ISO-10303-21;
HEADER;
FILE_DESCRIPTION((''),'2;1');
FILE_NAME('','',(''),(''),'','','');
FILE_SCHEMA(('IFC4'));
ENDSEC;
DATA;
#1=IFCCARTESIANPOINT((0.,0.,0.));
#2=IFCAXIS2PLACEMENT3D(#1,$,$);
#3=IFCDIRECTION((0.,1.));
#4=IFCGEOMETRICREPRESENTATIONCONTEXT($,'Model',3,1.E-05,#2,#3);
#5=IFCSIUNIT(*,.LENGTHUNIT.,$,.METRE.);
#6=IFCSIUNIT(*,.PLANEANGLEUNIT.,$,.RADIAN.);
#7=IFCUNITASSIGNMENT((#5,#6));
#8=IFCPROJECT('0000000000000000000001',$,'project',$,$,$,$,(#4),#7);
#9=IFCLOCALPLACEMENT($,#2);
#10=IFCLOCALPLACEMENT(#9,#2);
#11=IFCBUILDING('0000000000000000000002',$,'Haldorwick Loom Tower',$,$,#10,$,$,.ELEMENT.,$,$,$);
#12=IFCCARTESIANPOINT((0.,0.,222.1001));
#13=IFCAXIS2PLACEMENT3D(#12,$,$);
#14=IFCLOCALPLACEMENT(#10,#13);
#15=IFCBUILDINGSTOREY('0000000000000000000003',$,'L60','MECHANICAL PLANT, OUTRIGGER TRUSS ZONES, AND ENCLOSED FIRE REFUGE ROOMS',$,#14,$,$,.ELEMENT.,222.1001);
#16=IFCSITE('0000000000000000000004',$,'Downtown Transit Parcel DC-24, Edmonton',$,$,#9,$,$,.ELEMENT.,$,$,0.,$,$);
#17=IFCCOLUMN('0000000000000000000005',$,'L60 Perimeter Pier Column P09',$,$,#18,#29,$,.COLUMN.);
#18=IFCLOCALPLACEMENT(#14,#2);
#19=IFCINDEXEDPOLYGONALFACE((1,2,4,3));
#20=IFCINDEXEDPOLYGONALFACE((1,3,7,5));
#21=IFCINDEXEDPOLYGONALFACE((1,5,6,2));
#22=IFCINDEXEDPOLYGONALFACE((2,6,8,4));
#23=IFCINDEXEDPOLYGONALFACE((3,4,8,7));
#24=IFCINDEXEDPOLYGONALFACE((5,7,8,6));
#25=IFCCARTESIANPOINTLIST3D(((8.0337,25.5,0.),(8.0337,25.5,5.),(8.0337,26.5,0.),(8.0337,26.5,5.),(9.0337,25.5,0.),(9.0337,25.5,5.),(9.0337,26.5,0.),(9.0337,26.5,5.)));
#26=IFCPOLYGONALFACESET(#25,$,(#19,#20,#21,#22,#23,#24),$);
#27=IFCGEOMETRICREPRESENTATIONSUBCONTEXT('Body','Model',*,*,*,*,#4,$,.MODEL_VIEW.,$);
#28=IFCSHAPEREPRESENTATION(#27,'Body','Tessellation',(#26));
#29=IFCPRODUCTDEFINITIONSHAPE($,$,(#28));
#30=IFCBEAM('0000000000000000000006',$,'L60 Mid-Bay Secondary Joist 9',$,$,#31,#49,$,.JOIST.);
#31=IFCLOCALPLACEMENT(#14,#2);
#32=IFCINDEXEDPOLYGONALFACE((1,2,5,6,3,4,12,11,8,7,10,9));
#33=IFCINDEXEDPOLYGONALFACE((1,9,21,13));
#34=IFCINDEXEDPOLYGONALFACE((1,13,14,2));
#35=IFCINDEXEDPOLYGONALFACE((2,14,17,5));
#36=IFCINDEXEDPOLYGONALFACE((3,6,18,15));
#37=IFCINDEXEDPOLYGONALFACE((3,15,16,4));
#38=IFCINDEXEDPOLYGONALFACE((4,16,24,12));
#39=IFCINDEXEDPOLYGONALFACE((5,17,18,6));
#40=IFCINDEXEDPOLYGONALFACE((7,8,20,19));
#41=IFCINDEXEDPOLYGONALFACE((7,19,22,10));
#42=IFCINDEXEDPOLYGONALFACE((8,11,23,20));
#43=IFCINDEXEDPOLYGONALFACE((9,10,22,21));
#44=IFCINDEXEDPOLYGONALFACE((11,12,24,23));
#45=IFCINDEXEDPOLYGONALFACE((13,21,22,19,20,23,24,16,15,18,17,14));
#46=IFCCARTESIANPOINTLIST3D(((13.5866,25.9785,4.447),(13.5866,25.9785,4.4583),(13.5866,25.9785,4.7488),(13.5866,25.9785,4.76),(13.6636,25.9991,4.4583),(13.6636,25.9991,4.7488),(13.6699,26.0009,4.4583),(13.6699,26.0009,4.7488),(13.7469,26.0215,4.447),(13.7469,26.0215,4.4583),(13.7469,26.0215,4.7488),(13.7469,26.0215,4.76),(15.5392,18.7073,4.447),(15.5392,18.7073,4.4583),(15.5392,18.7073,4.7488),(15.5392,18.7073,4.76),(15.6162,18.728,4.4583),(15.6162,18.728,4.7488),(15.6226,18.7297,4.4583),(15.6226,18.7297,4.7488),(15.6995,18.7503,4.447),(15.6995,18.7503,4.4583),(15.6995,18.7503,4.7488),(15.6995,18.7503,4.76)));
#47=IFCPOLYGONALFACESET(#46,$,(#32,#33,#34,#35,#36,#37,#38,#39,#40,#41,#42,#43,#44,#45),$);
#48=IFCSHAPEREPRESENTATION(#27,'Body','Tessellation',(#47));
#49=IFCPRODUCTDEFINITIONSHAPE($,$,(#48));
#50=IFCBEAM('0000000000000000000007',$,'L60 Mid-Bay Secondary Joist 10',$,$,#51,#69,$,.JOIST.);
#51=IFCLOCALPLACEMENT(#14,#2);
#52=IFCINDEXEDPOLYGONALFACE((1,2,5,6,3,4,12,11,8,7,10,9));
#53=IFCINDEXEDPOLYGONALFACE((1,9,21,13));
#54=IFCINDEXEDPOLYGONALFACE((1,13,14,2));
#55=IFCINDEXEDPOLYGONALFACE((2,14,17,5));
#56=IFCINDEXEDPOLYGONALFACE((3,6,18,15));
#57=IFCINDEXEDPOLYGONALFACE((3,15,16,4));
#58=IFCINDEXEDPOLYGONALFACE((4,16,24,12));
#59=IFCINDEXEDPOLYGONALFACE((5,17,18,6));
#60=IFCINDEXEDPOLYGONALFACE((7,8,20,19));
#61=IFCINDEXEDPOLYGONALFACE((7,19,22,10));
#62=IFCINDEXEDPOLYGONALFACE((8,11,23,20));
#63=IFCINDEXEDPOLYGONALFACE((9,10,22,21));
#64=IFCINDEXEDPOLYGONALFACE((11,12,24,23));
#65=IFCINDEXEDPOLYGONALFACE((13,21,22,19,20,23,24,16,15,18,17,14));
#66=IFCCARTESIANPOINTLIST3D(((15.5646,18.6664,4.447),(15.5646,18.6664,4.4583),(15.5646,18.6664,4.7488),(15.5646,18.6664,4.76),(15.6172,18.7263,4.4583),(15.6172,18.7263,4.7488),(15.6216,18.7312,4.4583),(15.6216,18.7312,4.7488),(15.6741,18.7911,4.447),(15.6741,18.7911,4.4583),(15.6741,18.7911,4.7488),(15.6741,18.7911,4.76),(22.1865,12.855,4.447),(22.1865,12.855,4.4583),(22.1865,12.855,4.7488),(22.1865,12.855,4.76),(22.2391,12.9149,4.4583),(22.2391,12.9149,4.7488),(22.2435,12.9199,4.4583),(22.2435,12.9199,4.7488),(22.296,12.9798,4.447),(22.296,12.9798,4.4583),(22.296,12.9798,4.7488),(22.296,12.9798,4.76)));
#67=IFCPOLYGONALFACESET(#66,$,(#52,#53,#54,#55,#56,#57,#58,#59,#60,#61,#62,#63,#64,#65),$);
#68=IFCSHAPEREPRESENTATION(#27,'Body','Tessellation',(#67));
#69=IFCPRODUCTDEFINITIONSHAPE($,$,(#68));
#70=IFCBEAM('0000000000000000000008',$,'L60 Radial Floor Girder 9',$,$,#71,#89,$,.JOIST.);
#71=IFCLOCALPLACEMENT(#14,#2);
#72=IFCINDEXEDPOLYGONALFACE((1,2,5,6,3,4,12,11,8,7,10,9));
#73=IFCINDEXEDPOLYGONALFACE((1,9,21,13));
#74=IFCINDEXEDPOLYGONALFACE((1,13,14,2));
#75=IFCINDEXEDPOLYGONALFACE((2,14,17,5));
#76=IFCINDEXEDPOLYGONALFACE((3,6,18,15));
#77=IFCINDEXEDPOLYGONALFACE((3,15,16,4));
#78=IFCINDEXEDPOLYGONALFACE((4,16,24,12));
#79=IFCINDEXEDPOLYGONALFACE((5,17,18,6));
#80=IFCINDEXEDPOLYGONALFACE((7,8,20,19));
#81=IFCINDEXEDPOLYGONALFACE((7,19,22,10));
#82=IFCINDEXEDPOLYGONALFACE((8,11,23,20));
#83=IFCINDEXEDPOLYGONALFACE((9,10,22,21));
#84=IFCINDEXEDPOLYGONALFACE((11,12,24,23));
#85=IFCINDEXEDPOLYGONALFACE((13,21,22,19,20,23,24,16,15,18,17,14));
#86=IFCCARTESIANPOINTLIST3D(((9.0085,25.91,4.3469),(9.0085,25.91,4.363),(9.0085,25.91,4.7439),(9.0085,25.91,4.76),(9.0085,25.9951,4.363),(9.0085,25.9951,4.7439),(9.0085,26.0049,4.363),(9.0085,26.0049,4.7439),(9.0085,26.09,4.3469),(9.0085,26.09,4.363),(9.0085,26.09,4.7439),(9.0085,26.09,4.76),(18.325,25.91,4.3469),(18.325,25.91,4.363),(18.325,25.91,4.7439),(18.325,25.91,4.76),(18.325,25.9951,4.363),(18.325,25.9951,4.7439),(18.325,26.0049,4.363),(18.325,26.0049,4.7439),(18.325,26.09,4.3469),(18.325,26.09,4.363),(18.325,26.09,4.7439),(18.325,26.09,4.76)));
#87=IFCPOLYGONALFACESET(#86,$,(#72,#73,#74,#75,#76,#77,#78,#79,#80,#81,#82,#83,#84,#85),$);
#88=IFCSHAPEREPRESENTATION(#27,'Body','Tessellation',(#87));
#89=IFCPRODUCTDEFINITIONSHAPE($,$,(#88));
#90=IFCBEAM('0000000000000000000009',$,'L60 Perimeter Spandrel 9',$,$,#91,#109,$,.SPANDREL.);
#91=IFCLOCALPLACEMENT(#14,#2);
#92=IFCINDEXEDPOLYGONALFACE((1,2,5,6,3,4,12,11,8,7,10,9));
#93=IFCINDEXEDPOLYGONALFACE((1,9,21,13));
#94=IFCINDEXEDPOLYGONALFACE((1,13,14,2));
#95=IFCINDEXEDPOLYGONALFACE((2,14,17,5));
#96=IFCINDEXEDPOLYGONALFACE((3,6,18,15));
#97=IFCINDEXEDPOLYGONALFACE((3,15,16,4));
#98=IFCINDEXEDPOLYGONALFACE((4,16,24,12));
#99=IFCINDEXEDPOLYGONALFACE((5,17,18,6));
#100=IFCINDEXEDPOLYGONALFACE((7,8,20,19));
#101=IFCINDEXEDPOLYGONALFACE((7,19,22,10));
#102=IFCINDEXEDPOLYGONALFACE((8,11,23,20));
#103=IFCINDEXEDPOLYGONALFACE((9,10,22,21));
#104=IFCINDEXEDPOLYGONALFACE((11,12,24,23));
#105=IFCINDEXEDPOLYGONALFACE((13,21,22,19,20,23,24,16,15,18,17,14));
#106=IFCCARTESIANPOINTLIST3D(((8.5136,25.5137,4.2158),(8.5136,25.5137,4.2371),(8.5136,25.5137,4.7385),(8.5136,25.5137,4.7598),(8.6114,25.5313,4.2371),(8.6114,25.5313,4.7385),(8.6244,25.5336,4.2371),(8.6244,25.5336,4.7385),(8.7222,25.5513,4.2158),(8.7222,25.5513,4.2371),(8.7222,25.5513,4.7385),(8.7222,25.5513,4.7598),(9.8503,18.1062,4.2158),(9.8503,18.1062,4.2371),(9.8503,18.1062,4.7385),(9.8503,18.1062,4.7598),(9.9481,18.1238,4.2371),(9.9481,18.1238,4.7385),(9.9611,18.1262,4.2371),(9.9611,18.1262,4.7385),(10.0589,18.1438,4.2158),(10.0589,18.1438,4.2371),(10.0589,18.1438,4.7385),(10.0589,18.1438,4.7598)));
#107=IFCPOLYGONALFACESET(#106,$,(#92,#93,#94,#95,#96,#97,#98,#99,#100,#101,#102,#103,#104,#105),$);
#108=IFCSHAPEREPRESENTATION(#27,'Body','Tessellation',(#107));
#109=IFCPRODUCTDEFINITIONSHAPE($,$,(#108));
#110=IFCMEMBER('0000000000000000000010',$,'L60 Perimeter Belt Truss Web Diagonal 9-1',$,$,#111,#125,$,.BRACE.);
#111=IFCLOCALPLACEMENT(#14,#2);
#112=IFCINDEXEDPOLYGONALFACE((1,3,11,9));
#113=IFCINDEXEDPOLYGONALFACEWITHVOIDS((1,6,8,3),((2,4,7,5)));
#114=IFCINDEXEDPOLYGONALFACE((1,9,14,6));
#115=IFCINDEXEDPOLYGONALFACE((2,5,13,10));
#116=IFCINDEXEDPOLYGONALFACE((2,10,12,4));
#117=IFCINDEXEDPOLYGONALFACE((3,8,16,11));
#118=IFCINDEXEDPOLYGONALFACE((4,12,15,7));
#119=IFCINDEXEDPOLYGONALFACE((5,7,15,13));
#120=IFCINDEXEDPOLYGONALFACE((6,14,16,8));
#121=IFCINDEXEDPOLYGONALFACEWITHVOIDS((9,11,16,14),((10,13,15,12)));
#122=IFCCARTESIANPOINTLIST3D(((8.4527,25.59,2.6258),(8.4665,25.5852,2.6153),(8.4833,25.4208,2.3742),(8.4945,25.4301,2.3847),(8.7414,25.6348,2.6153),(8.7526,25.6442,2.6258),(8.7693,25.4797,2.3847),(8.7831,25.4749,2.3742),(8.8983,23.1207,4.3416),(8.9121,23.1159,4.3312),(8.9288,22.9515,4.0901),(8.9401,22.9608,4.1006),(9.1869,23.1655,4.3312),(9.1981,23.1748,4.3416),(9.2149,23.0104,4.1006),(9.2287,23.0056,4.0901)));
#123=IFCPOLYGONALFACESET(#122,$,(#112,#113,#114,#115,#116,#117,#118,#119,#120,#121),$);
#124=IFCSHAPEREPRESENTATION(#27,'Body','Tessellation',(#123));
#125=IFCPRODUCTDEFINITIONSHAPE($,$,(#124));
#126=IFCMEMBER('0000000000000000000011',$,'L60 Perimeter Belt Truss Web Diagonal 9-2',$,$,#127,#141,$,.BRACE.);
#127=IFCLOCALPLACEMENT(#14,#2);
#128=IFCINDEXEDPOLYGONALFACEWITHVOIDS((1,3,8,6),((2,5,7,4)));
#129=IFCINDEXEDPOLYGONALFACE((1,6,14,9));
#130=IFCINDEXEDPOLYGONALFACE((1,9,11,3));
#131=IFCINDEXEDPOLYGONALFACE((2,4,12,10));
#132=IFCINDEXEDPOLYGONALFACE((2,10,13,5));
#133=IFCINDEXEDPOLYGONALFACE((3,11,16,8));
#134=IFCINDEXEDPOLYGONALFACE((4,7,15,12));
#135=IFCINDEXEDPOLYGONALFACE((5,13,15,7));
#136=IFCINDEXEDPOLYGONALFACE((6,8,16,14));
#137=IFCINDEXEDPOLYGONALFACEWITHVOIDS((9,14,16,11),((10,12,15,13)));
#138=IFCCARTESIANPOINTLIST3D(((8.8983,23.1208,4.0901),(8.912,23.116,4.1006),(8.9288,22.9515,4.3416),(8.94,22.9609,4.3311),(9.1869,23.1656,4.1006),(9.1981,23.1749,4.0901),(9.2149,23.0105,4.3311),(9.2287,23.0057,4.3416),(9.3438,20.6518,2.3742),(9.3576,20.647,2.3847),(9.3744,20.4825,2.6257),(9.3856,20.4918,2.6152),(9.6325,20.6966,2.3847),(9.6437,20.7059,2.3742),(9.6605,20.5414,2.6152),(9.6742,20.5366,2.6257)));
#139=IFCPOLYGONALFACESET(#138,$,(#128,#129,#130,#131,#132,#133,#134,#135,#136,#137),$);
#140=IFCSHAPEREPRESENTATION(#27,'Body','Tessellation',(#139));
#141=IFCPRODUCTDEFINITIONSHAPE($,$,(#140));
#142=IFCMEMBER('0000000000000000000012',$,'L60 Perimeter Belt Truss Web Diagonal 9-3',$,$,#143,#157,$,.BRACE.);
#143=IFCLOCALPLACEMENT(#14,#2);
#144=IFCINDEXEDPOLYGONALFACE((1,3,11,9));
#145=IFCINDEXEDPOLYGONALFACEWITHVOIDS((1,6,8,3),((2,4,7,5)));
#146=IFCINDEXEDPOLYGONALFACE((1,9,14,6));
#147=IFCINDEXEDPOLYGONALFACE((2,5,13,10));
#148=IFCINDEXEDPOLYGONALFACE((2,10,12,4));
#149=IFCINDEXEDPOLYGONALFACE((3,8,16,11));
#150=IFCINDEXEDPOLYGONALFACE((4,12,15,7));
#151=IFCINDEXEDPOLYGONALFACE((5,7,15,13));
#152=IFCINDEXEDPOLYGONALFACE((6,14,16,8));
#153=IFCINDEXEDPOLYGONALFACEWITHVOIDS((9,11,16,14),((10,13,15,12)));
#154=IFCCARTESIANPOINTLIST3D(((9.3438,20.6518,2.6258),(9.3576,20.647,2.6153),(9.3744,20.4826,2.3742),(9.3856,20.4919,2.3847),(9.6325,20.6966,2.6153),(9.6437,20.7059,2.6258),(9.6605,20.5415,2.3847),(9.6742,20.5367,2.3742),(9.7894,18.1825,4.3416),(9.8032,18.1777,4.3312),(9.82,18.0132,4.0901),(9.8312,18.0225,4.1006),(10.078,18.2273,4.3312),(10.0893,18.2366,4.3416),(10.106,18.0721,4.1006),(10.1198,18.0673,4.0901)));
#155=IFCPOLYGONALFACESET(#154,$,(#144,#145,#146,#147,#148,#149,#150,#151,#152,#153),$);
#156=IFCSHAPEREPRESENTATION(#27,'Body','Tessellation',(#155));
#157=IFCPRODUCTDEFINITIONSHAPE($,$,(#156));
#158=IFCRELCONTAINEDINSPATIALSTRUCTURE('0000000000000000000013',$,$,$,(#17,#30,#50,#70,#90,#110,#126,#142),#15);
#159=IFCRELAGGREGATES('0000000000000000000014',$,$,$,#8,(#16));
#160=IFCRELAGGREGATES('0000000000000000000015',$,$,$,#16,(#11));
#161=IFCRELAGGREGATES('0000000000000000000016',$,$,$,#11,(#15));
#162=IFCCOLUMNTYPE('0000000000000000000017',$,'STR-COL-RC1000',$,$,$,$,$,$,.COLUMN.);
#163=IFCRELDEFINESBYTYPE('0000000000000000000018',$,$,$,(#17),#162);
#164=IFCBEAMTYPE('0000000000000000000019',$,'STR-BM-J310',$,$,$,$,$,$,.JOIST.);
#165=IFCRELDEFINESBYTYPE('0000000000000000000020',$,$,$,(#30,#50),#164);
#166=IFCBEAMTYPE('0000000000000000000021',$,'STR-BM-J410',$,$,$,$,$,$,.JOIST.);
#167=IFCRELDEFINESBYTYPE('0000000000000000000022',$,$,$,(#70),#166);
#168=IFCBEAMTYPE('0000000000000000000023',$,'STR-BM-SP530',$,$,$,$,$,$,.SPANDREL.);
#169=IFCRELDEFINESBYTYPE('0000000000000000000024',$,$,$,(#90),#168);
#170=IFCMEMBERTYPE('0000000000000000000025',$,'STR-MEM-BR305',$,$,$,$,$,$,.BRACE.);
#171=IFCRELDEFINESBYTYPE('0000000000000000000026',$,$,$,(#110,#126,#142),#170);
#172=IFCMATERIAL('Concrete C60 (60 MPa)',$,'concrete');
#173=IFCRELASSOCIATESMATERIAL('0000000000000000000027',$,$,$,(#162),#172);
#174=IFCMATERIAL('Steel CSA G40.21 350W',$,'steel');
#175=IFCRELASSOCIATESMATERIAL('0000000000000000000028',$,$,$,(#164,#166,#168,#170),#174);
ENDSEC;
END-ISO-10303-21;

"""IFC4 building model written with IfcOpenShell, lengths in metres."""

from ifc_helpers import new_model, si_unit, direction, frame, origin, origin_2d, place, context, subcontext, project, spatial, rectangle, hollow_rectangle, i_section, extrude, material, material_profile, profile_set, type_object, element, save


model = new_model("IFC4")

# Units and contexts
model_context = context("Model", 3, precision=1e-05, world=origin(), true_north=direction((0.0, 1.0)))
body_context = subcontext(model_context, "Body", "Model", "MODEL_VIEW")
ifc_project = project(units=[si_unit("LENGTHUNIT", "METRE"), si_unit("PLANEANGLEUNIT", "RADIAN")], contexts=[model_context])

# Site, building, storey
site_placement = place(None, origin())
site = spatial("IfcSite", under=ifc_project, at=site_placement, Name="Downtown Transit Parcel DC-24, Edmonton", CompositionType="ELEMENT", RefElevation=0.0)
building_placement = place(site_placement, origin())
building = spatial("IfcBuilding", under=site, at=building_placement, Name="Haldorwick Loom Tower", CompositionType="ELEMENT")
storey_placement = place(building_placement, frame((0.0, 0.0, 222.1001)))
storey = spatial("IfcBuildingStorey", under=building, at=storey_placement, Name="L60", Description="MECHANICAL PLANT, OUTRIGGER TRUSS ZONES, AND ENCLOSED FIRE REFUGE ROOMS", CompositionType="ELEMENT", Elevation=222.1001)

# Column
ifc_material_1 = material(Name="Concrete C60 (60 MPa)", Category="concrete")
ifc_material_profile_1 = material_profile(ifc_material_1, rectangle(XDim=1.0, YDim=1.0, at=origin_2d()), Name="RC1000X1000", Category="concrete")
ifc_profile_set_1 = profile_set([ifc_material_profile_1], Name="Concrete C60 (60 MPa)")
column_type = type_object("IfcColumnType", Name="STR-COL-RC1000", PredefinedType="COLUMN", material=ifc_profile_set_1)
column_placement = place(storey_placement, frame((8.5337, 26.0, 0.0), z_axis=(0.0, 0.0, 1.0), x_axis=(-1.0, 0.0, 0.0)))
element("IfcColumn", 1, at=column_placement, inside=storey, type_object=column_type, Name="L60 Perimeter Pier Column P09", PredefinedType="COLUMN", context=body_context, shape_type="SweptSolid", body=[
    extrude(rectangle(XDim=1.0, YDim=1.0, at=origin_2d()), origin(), (0.0, 0.0, 1.0), 5.0),
])

# Beams
ifc_material_2 = material(Name="Steel CSA G40.21 350W", Category="steel")
ifc_material_profile_2 = material_profile(ifc_material_2, i_section(OverallWidth=0.166, OverallDepth=0.313, WebThickness=0.0066, FlangeThickness=0.0112, at=origin_2d()), Name="W310X45", Category="steel")
ifc_profile_set_2 = profile_set([ifc_material_profile_2], Name="Steel CSA G40.21 350W")
beam_type_1 = type_object("IfcBeamType", Name="STR-BM-J310", PredefinedType="JOIST", material=ifc_profile_set_2)
beam_1_placement = place(storey_placement, frame((13.6667, 26.0, 4.6035), z_axis=(0.259354, -0.965782, 0.0), x_axis=(0.965782, 0.259354, 0.0)))
element("IfcBeam", 2, at=beam_1_placement, inside=storey, type_object=beam_type_1, Name="L60 Mid-Bay Secondary Joist 9", PredefinedType="JOIST", context=body_context, shape_type="SweptSolid", body=[
    extrude(i_section(OverallWidth=0.166, OverallDepth=0.313, WebThickness=0.0066, FlangeThickness=0.0112, at=origin_2d()), origin(), (0.0, 0.0, 1.0), 7.5288),
])
beam_2_placement = place(storey_placement, frame((15.6194, 18.7288, 4.6035), z_axis=(0.751609, -0.659608, 0.0), x_axis=(0.659608, 0.751609, 0.0)))
element("IfcBeam", 3, at=beam_2_placement, inside=storey, type_object=beam_type_1, Name="L60 Mid-Bay Secondary Joist 10", PredefinedType="JOIST", context=body_context, shape_type="SweptSolid", body=[
    extrude(i_section(OverallWidth=0.166, OverallDepth=0.313, WebThickness=0.0066, FlangeThickness=0.0112, at=origin_2d()), origin(), (0.0, 0.0, 1.0), 8.8103),
])
ifc_material_profile_3 = material_profile(ifc_material_2, i_section(OverallWidth=0.1799, OverallDepth=0.4131, WebThickness=0.0098, FlangeThickness=0.0161, at=origin_2d()), Name="W410X74", Category="steel")
ifc_profile_set_3 = profile_set([ifc_material_profile_3], Name="Steel CSA G40.21 350W")
beam_type_2 = type_object("IfcBeamType", Name="STR-BM-J410", PredefinedType="JOIST", material=ifc_profile_set_3)
beam_3_placement = place(storey_placement, frame((18.325, 26.0, 4.5535), z_axis=(-1.0, 0.0, 0.0), x_axis=(0.0, -1.0, 0.0)))
element("IfcBeam", 4, at=beam_3_placement, inside=storey, type_object=beam_type_2, Name="L60 Radial Floor Girder 9", PredefinedType="JOIST", context=body_context, shape_type="SweptSolid", body=[
    extrude(i_section(OverallWidth=0.1799, OverallDepth=0.4131, WebThickness=0.0098, FlangeThickness=0.0161, at=origin_2d()), origin(), (0.0, 0.0, 1.0), 9.3164),
])
ifc_material_profile_4 = material_profile(ifc_material_2, i_section(OverallWidth=0.2119, OverallDepth=0.5439, WebThickness=0.0132, FlangeThickness=0.0212, at=origin_2d()), Name="W530X123", Category="steel")
ifc_profile_set_4 = profile_set([ifc_material_profile_4], Name="Steel CSA G40.21 350W")
beam_type_3 = type_object("IfcBeamType", Name="STR-BM-SP530", PredefinedType="SPANDREL", material=ifc_profile_set_4)
beam_4_placement = place(storey_placement, frame((8.6179, 25.5325, 4.4878), z_axis=(0.177581, -0.984106, 0.0), x_axis=(0.984106, 0.177581, 0.0)))
element("IfcBeam", 5, at=beam_4_placement, inside=storey, type_object=beam_type_3, Name="L60 Perimeter Spandrel 9", PredefinedType="SPANDREL", context=body_context, shape_type="SweptSolid", body=[
    extrude(i_section(OverallWidth=0.2119, OverallDepth=0.5439, WebThickness=0.0132, FlangeThickness=0.0212, at=origin_2d()), origin(), (0.0, 0.0, 1.0), 7.5271),
])

# Members
ifc_material_profile_5 = material_profile(ifc_material_2, hollow_rectangle(XDim=0.3047, YDim=0.3047, WallThickness=0.0127, at=origin_2d()), Name="HSS305X305X13", Category="steel")
ifc_profile_set_5 = profile_set([ifc_material_profile_5], Name="Steel CSA G40.21 350W")
member_type_1 = type_object("IfcMemberType", Name="STR-MEM-BR305", PredefinedType="BRACE", material=ifc_profile_set_5)
member_1_placement = place(storey_placement, frame((8.6179, 25.5325, 2.5), z_axis=(0.14658, -0.812333, 0.564473), x_axis=(0.984107, 0.177575, 0.0)))
element("IfcMember", 6, at=member_1_placement, inside=storey, type_object=member_type_1, Name="L60 Perimeter Belt Truss Web Diagonal 9-1", PredefinedType="BRACE", context=body_context, shape_type="SweptSolid", body=[
    extrude(hollow_rectangle(XDim=0.3047, YDim=0.3047, WallThickness=0.0127, at=origin_2d()), origin(), (0.0, 0.0, 1.0), 3.0398),
])
member_2_placement = place(storey_placement, frame((9.0635, 23.0632, 4.2158), z_axis=(0.146589, -0.812306, -0.56451), x_axis=(0.984104, 0.177592, 0.0)))
element("IfcMember", 7, at=member_2_placement, inside=storey, type_object=member_type_1, Name="L60 Perimeter Belt Truss Web Diagonal 9-2", PredefinedType="BRACE", context=body_context, shape_type="SweptSolid", body=[
    extrude(hollow_rectangle(XDim=0.3047, YDim=0.3047, WallThickness=0.0127, at=origin_2d()), origin(), (0.0, 0.0, 1.0), 3.0396),
])
member_3_placement = place(storey_placement, frame((9.509, 20.5942, 2.5), z_axis=(0.14658, -0.812333, 0.564473), x_axis=(0.984107, 0.177575, 0.0)))
element("IfcMember", 8, at=member_3_placement, inside=storey, type_object=member_type_1, Name="L60 Perimeter Belt Truss Web Diagonal 9-3", PredefinedType="BRACE", context=body_context, shape_type="SweptSolid", body=[
    extrude(hollow_rectangle(XDim=0.3047, YDim=0.3047, WallThickness=0.0127, at=origin_2d()), origin(), (0.0, 0.0, 1.0), 3.0398),
])

save(model, "model.ifc")
